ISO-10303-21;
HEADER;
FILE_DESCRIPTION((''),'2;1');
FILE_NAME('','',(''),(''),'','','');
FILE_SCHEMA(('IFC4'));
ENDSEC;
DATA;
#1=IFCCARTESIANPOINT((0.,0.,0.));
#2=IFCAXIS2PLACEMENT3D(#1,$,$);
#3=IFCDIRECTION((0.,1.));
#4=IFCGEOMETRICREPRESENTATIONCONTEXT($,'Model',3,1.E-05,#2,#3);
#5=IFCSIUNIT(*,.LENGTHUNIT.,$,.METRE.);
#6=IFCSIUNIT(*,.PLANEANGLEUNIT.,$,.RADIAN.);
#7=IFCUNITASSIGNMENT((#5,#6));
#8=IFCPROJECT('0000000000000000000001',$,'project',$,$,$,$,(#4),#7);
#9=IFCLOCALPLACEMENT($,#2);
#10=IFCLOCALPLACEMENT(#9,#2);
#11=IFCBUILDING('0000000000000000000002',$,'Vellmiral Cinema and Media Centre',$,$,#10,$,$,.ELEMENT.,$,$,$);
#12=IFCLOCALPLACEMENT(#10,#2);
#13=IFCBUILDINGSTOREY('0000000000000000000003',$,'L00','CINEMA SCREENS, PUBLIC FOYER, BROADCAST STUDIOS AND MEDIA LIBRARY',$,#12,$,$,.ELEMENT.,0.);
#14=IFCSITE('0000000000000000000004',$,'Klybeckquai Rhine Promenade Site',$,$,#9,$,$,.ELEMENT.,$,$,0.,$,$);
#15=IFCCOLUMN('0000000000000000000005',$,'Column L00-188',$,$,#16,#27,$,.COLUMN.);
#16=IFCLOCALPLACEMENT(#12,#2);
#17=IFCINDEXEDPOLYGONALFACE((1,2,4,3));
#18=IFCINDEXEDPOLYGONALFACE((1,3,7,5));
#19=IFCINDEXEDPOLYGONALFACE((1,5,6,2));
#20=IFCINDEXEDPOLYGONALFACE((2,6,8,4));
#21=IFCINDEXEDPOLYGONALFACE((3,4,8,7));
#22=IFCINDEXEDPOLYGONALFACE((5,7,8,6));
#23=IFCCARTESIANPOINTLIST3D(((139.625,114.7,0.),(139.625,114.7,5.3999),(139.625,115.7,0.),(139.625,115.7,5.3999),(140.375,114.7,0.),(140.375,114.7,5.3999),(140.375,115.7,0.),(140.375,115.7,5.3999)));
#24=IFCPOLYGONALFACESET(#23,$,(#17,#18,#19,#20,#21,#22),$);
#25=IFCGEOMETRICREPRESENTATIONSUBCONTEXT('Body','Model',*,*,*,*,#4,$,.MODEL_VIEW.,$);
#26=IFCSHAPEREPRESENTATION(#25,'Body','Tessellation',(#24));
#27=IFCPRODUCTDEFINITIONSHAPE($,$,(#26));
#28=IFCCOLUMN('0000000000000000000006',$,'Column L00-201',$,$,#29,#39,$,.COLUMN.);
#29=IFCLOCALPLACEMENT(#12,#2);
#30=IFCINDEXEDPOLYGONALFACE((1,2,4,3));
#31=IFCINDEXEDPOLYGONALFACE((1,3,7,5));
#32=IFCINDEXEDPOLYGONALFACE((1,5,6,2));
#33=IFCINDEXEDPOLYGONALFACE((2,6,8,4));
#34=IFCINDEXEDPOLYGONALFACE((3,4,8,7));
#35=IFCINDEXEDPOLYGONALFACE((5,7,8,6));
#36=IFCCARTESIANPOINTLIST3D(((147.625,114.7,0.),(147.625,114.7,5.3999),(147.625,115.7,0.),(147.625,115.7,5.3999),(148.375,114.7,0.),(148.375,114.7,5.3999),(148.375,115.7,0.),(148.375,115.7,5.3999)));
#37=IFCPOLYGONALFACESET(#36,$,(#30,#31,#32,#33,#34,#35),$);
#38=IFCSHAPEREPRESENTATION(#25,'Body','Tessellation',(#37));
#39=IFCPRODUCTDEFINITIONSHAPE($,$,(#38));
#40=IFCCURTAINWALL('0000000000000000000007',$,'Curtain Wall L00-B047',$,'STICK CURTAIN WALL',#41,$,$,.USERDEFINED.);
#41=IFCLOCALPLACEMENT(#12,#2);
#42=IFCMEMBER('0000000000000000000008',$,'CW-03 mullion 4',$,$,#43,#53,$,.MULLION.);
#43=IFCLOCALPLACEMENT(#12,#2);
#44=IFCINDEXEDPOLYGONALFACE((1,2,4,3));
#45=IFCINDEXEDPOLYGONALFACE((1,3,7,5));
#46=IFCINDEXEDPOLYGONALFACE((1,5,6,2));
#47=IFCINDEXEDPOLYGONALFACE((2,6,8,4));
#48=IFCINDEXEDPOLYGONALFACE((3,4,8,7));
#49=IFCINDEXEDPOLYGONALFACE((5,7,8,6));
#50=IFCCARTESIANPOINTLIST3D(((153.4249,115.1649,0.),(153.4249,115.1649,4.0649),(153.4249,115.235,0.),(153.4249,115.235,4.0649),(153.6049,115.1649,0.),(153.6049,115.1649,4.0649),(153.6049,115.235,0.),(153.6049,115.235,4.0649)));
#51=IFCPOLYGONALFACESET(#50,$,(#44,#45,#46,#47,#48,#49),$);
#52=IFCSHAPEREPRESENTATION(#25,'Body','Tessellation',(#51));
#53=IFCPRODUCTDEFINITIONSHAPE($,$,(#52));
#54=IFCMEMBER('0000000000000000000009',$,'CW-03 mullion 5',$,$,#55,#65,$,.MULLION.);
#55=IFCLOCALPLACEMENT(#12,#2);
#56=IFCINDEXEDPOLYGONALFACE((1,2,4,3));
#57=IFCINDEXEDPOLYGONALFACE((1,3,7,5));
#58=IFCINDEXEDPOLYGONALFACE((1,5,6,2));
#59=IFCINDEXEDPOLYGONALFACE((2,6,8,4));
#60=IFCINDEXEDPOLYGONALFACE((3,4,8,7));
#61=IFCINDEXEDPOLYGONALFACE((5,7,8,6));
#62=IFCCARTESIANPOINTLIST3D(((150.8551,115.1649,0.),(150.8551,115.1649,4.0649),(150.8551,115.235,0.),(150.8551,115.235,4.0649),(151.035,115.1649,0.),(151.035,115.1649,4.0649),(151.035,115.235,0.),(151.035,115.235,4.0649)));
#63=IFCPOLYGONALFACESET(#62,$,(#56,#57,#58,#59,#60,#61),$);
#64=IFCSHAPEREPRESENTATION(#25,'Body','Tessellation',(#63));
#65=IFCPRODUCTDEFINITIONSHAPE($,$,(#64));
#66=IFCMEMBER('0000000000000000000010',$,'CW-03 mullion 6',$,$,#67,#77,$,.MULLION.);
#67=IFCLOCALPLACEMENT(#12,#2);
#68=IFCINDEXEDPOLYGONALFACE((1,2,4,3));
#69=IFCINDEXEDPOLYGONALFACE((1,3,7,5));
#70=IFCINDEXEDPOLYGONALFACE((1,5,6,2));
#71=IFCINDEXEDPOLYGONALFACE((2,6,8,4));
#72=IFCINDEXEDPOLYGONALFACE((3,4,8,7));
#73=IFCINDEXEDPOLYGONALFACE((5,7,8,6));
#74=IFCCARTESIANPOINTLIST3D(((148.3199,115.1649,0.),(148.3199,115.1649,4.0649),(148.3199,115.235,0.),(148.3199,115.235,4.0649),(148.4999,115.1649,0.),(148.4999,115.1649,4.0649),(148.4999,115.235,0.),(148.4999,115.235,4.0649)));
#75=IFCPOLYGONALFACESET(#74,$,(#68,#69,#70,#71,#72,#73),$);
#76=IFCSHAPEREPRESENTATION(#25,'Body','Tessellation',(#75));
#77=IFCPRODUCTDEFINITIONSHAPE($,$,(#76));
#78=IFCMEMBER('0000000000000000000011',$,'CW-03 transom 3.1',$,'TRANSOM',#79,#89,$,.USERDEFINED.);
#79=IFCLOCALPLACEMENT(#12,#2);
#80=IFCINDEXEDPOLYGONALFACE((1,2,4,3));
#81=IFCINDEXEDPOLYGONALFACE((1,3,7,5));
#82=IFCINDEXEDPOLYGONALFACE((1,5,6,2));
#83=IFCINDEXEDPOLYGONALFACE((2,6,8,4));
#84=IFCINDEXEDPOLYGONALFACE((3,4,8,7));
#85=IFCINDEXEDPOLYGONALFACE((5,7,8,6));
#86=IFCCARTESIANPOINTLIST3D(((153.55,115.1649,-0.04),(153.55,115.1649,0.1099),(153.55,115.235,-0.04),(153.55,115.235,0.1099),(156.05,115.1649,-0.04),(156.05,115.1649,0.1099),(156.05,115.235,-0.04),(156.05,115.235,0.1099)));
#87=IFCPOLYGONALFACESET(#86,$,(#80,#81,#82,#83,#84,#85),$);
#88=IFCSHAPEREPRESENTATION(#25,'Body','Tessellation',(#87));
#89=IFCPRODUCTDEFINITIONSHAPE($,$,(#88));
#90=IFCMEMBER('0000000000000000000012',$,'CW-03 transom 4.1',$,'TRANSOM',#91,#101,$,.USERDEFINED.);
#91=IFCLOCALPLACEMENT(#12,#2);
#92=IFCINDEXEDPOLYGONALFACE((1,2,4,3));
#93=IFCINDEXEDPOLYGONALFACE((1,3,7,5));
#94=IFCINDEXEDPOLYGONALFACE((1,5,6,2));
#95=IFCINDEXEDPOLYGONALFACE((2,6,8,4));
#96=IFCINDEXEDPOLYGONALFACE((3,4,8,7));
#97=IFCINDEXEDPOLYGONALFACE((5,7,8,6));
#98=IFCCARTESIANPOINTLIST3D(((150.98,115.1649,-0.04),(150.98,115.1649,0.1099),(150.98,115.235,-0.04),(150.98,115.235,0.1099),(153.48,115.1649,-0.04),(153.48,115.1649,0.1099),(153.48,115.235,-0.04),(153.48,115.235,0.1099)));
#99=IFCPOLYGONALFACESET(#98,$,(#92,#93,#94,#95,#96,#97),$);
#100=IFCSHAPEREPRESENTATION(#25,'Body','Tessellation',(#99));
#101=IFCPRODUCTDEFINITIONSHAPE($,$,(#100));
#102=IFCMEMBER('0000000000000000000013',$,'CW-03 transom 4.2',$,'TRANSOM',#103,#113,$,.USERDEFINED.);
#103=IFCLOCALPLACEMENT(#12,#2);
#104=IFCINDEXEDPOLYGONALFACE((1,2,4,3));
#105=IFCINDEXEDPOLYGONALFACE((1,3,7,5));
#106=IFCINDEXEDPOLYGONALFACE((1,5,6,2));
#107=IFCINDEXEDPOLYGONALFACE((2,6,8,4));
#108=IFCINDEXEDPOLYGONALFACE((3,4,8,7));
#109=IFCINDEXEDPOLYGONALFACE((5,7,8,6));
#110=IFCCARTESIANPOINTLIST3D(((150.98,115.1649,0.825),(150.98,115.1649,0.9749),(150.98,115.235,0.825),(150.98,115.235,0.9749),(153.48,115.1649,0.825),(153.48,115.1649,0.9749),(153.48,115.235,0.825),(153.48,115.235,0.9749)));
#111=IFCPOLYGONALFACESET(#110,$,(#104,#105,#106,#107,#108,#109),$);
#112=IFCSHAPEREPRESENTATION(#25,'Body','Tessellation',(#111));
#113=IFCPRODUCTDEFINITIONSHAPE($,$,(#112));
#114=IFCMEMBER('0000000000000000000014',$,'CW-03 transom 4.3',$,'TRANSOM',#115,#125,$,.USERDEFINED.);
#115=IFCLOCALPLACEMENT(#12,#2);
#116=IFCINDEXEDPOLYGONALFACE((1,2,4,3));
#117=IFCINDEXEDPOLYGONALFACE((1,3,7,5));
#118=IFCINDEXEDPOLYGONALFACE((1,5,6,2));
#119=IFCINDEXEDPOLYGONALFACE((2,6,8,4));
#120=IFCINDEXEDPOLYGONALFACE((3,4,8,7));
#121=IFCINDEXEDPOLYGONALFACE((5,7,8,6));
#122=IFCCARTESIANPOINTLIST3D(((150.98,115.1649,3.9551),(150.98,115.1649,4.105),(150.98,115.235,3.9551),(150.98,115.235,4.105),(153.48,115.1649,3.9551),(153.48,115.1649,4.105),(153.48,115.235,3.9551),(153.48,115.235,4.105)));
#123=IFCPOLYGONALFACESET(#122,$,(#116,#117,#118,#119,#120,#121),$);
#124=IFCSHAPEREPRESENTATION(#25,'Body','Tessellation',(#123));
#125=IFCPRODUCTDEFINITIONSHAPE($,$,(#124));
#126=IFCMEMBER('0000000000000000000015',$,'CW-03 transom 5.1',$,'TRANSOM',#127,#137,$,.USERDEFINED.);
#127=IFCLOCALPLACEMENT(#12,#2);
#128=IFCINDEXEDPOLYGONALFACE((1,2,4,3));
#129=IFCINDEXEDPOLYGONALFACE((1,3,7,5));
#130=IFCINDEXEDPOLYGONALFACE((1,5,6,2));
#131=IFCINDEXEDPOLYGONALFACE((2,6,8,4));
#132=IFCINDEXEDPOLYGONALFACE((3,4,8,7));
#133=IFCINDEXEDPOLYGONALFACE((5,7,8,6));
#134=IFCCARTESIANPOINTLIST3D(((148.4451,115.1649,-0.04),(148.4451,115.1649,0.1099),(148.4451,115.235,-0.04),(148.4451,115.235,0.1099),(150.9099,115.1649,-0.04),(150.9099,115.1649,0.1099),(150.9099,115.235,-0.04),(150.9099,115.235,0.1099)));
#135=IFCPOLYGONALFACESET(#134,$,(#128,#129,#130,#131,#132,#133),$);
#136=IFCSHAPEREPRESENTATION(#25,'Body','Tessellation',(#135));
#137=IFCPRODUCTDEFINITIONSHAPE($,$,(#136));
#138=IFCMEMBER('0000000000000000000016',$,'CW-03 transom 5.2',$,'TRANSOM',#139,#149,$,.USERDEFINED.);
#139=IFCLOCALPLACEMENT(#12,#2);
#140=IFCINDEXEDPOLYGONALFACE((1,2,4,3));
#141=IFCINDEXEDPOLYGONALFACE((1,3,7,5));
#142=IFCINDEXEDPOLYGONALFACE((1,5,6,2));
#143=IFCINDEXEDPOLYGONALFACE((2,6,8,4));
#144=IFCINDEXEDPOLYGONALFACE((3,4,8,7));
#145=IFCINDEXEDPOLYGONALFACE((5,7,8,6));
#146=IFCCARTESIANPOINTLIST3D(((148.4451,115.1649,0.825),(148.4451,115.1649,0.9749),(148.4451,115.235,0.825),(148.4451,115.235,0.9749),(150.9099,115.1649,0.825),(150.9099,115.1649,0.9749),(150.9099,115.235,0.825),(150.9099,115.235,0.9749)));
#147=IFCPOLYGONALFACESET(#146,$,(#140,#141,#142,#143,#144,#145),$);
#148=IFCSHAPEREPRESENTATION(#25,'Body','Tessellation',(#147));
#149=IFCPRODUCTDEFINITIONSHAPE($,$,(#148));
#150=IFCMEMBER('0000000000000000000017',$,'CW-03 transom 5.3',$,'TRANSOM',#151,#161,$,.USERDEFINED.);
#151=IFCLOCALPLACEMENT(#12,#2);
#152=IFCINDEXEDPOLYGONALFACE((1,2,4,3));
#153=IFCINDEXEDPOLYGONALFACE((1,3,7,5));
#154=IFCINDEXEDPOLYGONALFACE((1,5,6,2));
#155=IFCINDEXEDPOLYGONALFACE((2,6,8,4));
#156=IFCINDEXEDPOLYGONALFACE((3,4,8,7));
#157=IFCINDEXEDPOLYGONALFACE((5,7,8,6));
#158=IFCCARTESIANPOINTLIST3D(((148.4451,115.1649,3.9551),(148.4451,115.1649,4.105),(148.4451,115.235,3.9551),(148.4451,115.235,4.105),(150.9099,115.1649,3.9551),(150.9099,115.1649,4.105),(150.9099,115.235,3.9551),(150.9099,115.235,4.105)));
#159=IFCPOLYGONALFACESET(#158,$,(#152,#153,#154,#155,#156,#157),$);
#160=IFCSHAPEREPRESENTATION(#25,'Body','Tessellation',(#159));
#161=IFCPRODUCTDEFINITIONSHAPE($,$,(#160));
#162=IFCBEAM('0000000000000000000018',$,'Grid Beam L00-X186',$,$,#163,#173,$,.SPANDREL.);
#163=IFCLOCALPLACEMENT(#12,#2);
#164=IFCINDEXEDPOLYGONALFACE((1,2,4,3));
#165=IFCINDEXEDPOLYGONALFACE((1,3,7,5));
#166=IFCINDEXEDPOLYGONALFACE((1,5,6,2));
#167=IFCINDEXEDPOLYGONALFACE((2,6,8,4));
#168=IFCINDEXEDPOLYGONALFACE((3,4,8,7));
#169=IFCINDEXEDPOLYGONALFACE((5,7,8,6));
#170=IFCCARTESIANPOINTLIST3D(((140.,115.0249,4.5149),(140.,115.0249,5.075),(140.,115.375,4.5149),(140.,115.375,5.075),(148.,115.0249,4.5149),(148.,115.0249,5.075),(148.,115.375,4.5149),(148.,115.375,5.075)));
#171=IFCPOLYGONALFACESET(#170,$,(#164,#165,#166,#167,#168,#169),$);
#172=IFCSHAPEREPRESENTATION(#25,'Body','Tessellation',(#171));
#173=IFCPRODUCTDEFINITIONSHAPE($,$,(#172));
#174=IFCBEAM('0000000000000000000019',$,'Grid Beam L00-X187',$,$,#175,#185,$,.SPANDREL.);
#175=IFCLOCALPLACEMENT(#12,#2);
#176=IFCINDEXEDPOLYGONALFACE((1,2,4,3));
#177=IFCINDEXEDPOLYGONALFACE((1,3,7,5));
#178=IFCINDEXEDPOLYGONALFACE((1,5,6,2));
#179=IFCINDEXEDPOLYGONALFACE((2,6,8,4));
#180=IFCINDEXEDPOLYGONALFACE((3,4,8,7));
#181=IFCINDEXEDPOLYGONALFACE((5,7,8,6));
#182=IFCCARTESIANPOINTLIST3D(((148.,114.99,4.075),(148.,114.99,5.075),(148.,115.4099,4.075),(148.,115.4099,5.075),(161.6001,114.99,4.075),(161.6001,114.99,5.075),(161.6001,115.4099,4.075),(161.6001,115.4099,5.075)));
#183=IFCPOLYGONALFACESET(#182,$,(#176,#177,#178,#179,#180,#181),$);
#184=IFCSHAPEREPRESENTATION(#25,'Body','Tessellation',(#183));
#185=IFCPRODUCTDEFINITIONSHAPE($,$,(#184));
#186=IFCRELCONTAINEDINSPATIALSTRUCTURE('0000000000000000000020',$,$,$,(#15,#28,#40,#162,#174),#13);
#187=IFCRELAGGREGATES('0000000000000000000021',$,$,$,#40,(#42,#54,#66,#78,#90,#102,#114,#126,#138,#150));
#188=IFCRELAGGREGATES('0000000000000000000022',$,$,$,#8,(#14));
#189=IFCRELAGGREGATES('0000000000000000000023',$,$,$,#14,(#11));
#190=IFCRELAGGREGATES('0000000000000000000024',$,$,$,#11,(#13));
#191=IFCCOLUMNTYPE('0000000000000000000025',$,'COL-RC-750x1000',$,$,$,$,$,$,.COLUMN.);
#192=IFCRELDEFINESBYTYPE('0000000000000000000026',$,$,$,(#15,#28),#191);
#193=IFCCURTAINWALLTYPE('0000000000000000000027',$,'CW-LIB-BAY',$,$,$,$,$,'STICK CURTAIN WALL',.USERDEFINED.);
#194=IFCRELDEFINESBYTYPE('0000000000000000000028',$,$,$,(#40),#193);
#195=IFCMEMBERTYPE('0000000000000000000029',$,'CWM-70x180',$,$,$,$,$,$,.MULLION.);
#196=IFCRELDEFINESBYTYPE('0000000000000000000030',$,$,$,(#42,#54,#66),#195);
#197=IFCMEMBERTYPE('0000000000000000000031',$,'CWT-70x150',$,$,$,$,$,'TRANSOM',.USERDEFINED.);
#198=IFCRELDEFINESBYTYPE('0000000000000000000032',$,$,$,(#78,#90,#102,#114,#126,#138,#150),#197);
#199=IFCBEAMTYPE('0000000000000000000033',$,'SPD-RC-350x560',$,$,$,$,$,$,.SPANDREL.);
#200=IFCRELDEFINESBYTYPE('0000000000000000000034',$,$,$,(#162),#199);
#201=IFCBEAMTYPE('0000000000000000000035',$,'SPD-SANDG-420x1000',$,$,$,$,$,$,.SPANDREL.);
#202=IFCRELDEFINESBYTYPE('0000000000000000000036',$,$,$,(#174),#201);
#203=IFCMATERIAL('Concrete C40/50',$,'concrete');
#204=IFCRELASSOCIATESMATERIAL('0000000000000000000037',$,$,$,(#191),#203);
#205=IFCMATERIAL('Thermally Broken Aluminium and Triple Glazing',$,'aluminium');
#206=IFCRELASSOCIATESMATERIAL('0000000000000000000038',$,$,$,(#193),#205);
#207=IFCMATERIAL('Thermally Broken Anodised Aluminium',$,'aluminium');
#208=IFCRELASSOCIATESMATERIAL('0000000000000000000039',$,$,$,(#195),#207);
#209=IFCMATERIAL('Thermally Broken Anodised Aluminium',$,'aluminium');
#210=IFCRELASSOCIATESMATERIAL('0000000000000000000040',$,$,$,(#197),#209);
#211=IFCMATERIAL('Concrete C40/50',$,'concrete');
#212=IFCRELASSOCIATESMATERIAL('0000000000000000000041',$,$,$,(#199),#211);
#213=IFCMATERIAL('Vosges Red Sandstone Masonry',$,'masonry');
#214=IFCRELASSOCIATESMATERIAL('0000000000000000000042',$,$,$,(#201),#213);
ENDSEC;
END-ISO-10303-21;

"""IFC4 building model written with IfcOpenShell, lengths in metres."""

from ifc_helpers import new_model, si_unit, direction, frame, origin, origin_2d, place, context, subcontext, project, spatial, rectangle, extrude, material, material_profile, profile_set, type_object, element, aggregate, save


model = new_model("IFC4")

# Units and contexts
model_context = context("Model", 3, precision=1e-05, world=origin(), true_north=direction((0.0, 1.0)))
body_context = subcontext(model_context, "Body", "Model", "MODEL_VIEW")
ifc_project = project(units=[si_unit("LENGTHUNIT", "METRE"), si_unit("PLANEANGLEUNIT", "RADIAN")], contexts=[model_context])

# Site, building, storey
site_placement = place(None, origin())
site = spatial("IfcSite", under=ifc_project, at=site_placement, Name="Klybeckquai Rhine Promenade Site", CompositionType="ELEMENT", RefElevation=0.0)
building_placement = place(site_placement, origin())
building = spatial("IfcBuilding", under=site, at=building_placement, Name="Vellmiral Cinema and Media Centre", CompositionType="ELEMENT")
storey_placement = place(building_placement, origin())
storey = spatial("IfcBuildingStorey", under=building, at=storey_placement, Name="L00", Description="CINEMA SCREENS, PUBLIC FOYER, BROADCAST STUDIOS AND MEDIA LIBRARY", CompositionType="ELEMENT", Elevation=0.0)

# Columns
ifc_material_1 = material(Name="Concrete C40/50", Category="concrete")
ifc_material_profile_1 = material_profile(ifc_material_1, rectangle(XDim=0.75, YDim=1.0, at=origin_2d()), Name="RC 750x1000")
ifc_profile_set_1 = profile_set([ifc_material_profile_1], Name="Concrete C40/50")
column_type = type_object("IfcColumnType", Name="COL-RC-750x1000", PredefinedType="COLUMN", material=ifc_profile_set_1)
for number, where, z_axis, x_axis, name in (
    (1, (140.0, 115.2, 0.0), (0.0, 0.0, 1.0), (1.0, 0.0, 0.0), "Column L00-188"),
    (2, (148.0, 115.2, 0.0), (0.0, 0.0, 1.0), (1.0, 0.0, 0.0), "Column L00-201"),
):
    element("IfcColumn", number, at=place(storey_placement, frame(where, z_axis=z_axis, x_axis=x_axis)), inside=storey, type_object=column_type, Name=name, PredefinedType="COLUMN", context=body_context, shape_type="SweptSolid", body=[
        extrude(rectangle(XDim=0.75, YDim=1.0, at=origin_2d()), origin(), (0.0, 0.0, 1.0), 5.3999),
    ])

# Curtain wall, members
ifc_material_2 = material(Name="Thermally Broken Aluminium and Triple Glazing", Category="aluminium")
curtain_wall_type = type_object("IfcCurtainWallType", Name="CW-LIB-BAY", ElementType="STICK CURTAIN WALL", PredefinedType="USERDEFINED", material=ifc_material_2)
curtain_wall_placement = place(storey_placement, origin())
curtain_wall = element("IfcCurtainWall", 3, at=curtain_wall_placement, inside=storey, type_object=curtain_wall_type, Name="Curtain Wall L00-B047", ObjectType="STICK CURTAIN WALL", PredefinedType="USERDEFINED")
ifc_material_3 = material(Name="Thermally Broken Anodised Aluminium", Category="aluminium")
ifc_material_profile_2 = material_profile(ifc_material_3, rectangle(XDim=0.0701, YDim=0.1799, at=origin_2d()), Name="MULL 70x180")
ifc_profile_set_2 = profile_set([ifc_material_profile_2], Name="Thermally Broken Anodised Aluminium")
member_type_1 = type_object("IfcMemberType", Name="CWM-70x180", PredefinedType="MULLION", material=ifc_profile_set_2)
member_1_placement = place(storey_placement, frame((153.5149, 115.2, 0.0), z_axis=(0.0, 0.0, 1.0), x_axis=(0.0, -1.0, 0.0)))
member_1 = element("IfcMember", 4, at=member_1_placement, type_object=member_type_1, Name="CW-03 mullion 4", PredefinedType="MULLION", context=body_context, shape_type="SweptSolid", body=[
    extrude(rectangle(XDim=0.0701, YDim=0.1799, at=origin_2d()), origin(), (0.0, 0.0, 1.0), 4.0649),
])
member_2_placement = place(storey_placement, frame((150.9451, 115.2, 0.0), z_axis=(0.0, 0.0, 1.0), x_axis=(0.0, -1.0, 0.0)))
member_2 = element("IfcMember", 5, at=member_2_placement, type_object=member_type_1, Name="CW-03 mullion 5", PredefinedType="MULLION", context=body_context, shape_type="SweptSolid", body=[
    extrude(rectangle(XDim=0.0701, YDim=0.1799, at=origin_2d()), origin(), (0.0, 0.0, 1.0), 4.0649),
])
member_3_placement = place(storey_placement, frame((148.4099, 115.2, 0.0), z_axis=(0.0, 0.0, 1.0), x_axis=(0.0, -1.0, 0.0)))
member_3 = element("IfcMember", 6, at=member_3_placement, type_object=member_type_1, Name="CW-03 mullion 6", PredefinedType="MULLION", context=body_context, shape_type="SweptSolid", body=[
    extrude(rectangle(XDim=0.0701, YDim=0.1799, at=origin_2d()), origin(), (0.0, 0.0, 1.0), 4.0649),
])
ifc_material_4 = material(Name="Thermally Broken Anodised Aluminium", Category="aluminium")
ifc_material_profile_3 = material_profile(ifc_material_4, rectangle(XDim=0.0701, YDim=0.1499, at=origin_2d()), Name="MULL 70x150")
ifc_profile_set_3 = profile_set([ifc_material_profile_3], Name="Thermally Broken Anodised Aluminium")
member_type_2 = type_object("IfcMemberType", Name="CWT-70x150", ElementType="TRANSOM", PredefinedType="USERDEFINED", material=ifc_profile_set_3)
member_4_placement = place(storey_placement, frame((156.05, 115.2, 0.0349), z_axis=(-1.0, 0.0, 0.0), x_axis=(0.0, -1.0, 0.0)))
member_4 = element("IfcMember", 7, at=member_4_placement, type_object=member_type_2, Name="CW-03 transom 3.1", ObjectType="TRANSOM", PredefinedType="USERDEFINED", context=body_context, shape_type="SweptSolid", body=[
    extrude(rectangle(XDim=0.0701, YDim=0.1499, at=origin_2d()), origin(), (0.0, 0.0, 1.0), 2.5),
])
member_5_placement = place(storey_placement, frame((153.48, 115.2, 0.0349), z_axis=(-1.0, 0.0, 0.0), x_axis=(0.0, -1.0, 0.0)))
member_5 = element("IfcMember", 8, at=member_5_placement, type_object=member_type_2, Name="CW-03 transom 4.1", ObjectType="TRANSOM", PredefinedType="USERDEFINED", context=body_context, shape_type="SweptSolid", body=[
    extrude(rectangle(XDim=0.0701, YDim=0.1499, at=origin_2d()), origin(), (0.0, 0.0, 1.0), 2.5),
])
member_6_placement = place(storey_placement, frame((153.48, 115.2, 0.8999), z_axis=(-1.0, 0.0, 0.0), x_axis=(0.0, -1.0, 0.0)))
member_6 = element("IfcMember", 9, at=member_6_placement, type_object=member_type_2, Name="CW-03 transom 4.2", ObjectType="TRANSOM", PredefinedType="USERDEFINED", context=body_context, shape_type="SweptSolid", body=[
    extrude(rectangle(XDim=0.0701, YDim=0.1499, at=origin_2d()), origin(), (0.0, 0.0, 1.0), 2.5),
])
member_7_placement = place(storey_placement, frame((153.48, 115.2, 4.03), z_axis=(-1.0, 0.0, 0.0), x_axis=(0.0, -1.0, 0.0)))
member_7 = element("IfcMember", 10, at=member_7_placement, type_object=member_type_2, Name="CW-03 transom 4.3", ObjectType="TRANSOM", PredefinedType="USERDEFINED", context=body_context, shape_type="SweptSolid", body=[
    extrude(rectangle(XDim=0.0701, YDim=0.1499, at=origin_2d()), origin(), (0.0, 0.0, 1.0), 2.5),
])
member_8_placement = place(storey_placement, frame((150.9099, 115.2, 0.0349), z_axis=(-1.0, 0.0, 0.0), x_axis=(0.0, -1.0, 0.0)))
member_8 = element("IfcMember", 11, at=member_8_placement, type_object=member_type_2, Name="CW-03 transom 5.1", ObjectType="TRANSOM", PredefinedType="USERDEFINED", context=body_context, shape_type="SweptSolid", body=[
    extrude(rectangle(XDim=0.0701, YDim=0.1499, at=origin_2d()), origin(), (0.0, 0.0, 1.0), 2.4648),
])
member_9_placement = place(storey_placement, frame((150.9099, 115.2, 0.8999), z_axis=(-1.0, 0.0, 0.0), x_axis=(0.0, -1.0, 0.0)))
member_9 = element("IfcMember", 12, at=member_9_placement, type_object=member_type_2, Name="CW-03 transom 5.2", ObjectType="TRANSOM", PredefinedType="USERDEFINED", context=body_context, shape_type="SweptSolid", body=[
    extrude(rectangle(XDim=0.0701, YDim=0.1499, at=origin_2d()), origin(), (0.0, 0.0, 1.0), 2.4648),
])
member_10_placement = place(storey_placement, frame((150.9099, 115.2, 4.03), z_axis=(-1.0, 0.0, 0.0), x_axis=(0.0, -1.0, 0.0)))
member_10 = element("IfcMember", 13, at=member_10_placement, type_object=member_type_2, Name="CW-03 transom 5.3", ObjectType="TRANSOM", PredefinedType="USERDEFINED", context=body_context, shape_type="SweptSolid", body=[
    extrude(rectangle(XDim=0.0701, YDim=0.1499, at=origin_2d()), origin(), (0.0, 0.0, 1.0), 2.4648),
])

# Beams
ifc_material_5 = material(Name="Concrete C40/50", Category="concrete")
ifc_material_profile_4 = material_profile(ifc_material_5, rectangle(XDim=0.3501, YDim=0.5601, at=origin_2d()), Name="RC 350x560")
ifc_profile_set_4 = profile_set([ifc_material_profile_4], Name="Concrete C40/50")
beam_type_1 = type_object("IfcBeamType", Name="SPD-RC-350x560", PredefinedType="SPANDREL", material=ifc_profile_set_4)
beam_1_placement = place(storey_placement, frame((140.0, 115.2, 4.7949), z_axis=(1.0, 0.0, 0.0), x_axis=(0.0, 1.0, 0.0)))
element("IfcBeam", 14, at=beam_1_placement, inside=storey, type_object=beam_type_1, Name="Grid Beam L00-X186", PredefinedType="SPANDREL", context=body_context, shape_type="SweptSolid", body=[
    extrude(rectangle(XDim=0.3501, YDim=0.5601, at=origin_2d()), origin(), (0.0, 0.0, 1.0), 8.0),
])
ifc_material_6 = material(Name="Vosges Red Sandstone Masonry", Category="masonry")
ifc_material_profile_5 = material_profile(ifc_material_6, rectangle(XDim=0.4199, YDim=1.0, at=origin_2d()), Name="SAND 420x1000")
ifc_profile_set_5 = profile_set([ifc_material_profile_5], Name="Vosges Red Sandstone Masonry")
beam_type_2 = type_object("IfcBeamType", Name="SPD-SANDG-420x1000", PredefinedType="SPANDREL", material=ifc_profile_set_5)
beam_2_placement = place(storey_placement, frame((148.0, 115.2, 4.575), z_axis=(1.0, 0.0, 0.0), x_axis=(0.0, 1.0, 0.0)))
element("IfcBeam", 15, at=beam_2_placement, inside=storey, type_object=beam_type_2, Name="Grid Beam L00-X187", PredefinedType="SPANDREL", context=body_context, shape_type="SweptSolid", body=[
    extrude(rectangle(XDim=0.4199, YDim=1.0, at=origin_2d()), origin(), (0.0, 0.0, 1.0), 13.6001),
])

aggregate(curtain_wall, [member_1, member_2, member_3, member_4, member_5, member_6, member_7, member_8, member_9, member_10])

save(model, "model.ifc")
